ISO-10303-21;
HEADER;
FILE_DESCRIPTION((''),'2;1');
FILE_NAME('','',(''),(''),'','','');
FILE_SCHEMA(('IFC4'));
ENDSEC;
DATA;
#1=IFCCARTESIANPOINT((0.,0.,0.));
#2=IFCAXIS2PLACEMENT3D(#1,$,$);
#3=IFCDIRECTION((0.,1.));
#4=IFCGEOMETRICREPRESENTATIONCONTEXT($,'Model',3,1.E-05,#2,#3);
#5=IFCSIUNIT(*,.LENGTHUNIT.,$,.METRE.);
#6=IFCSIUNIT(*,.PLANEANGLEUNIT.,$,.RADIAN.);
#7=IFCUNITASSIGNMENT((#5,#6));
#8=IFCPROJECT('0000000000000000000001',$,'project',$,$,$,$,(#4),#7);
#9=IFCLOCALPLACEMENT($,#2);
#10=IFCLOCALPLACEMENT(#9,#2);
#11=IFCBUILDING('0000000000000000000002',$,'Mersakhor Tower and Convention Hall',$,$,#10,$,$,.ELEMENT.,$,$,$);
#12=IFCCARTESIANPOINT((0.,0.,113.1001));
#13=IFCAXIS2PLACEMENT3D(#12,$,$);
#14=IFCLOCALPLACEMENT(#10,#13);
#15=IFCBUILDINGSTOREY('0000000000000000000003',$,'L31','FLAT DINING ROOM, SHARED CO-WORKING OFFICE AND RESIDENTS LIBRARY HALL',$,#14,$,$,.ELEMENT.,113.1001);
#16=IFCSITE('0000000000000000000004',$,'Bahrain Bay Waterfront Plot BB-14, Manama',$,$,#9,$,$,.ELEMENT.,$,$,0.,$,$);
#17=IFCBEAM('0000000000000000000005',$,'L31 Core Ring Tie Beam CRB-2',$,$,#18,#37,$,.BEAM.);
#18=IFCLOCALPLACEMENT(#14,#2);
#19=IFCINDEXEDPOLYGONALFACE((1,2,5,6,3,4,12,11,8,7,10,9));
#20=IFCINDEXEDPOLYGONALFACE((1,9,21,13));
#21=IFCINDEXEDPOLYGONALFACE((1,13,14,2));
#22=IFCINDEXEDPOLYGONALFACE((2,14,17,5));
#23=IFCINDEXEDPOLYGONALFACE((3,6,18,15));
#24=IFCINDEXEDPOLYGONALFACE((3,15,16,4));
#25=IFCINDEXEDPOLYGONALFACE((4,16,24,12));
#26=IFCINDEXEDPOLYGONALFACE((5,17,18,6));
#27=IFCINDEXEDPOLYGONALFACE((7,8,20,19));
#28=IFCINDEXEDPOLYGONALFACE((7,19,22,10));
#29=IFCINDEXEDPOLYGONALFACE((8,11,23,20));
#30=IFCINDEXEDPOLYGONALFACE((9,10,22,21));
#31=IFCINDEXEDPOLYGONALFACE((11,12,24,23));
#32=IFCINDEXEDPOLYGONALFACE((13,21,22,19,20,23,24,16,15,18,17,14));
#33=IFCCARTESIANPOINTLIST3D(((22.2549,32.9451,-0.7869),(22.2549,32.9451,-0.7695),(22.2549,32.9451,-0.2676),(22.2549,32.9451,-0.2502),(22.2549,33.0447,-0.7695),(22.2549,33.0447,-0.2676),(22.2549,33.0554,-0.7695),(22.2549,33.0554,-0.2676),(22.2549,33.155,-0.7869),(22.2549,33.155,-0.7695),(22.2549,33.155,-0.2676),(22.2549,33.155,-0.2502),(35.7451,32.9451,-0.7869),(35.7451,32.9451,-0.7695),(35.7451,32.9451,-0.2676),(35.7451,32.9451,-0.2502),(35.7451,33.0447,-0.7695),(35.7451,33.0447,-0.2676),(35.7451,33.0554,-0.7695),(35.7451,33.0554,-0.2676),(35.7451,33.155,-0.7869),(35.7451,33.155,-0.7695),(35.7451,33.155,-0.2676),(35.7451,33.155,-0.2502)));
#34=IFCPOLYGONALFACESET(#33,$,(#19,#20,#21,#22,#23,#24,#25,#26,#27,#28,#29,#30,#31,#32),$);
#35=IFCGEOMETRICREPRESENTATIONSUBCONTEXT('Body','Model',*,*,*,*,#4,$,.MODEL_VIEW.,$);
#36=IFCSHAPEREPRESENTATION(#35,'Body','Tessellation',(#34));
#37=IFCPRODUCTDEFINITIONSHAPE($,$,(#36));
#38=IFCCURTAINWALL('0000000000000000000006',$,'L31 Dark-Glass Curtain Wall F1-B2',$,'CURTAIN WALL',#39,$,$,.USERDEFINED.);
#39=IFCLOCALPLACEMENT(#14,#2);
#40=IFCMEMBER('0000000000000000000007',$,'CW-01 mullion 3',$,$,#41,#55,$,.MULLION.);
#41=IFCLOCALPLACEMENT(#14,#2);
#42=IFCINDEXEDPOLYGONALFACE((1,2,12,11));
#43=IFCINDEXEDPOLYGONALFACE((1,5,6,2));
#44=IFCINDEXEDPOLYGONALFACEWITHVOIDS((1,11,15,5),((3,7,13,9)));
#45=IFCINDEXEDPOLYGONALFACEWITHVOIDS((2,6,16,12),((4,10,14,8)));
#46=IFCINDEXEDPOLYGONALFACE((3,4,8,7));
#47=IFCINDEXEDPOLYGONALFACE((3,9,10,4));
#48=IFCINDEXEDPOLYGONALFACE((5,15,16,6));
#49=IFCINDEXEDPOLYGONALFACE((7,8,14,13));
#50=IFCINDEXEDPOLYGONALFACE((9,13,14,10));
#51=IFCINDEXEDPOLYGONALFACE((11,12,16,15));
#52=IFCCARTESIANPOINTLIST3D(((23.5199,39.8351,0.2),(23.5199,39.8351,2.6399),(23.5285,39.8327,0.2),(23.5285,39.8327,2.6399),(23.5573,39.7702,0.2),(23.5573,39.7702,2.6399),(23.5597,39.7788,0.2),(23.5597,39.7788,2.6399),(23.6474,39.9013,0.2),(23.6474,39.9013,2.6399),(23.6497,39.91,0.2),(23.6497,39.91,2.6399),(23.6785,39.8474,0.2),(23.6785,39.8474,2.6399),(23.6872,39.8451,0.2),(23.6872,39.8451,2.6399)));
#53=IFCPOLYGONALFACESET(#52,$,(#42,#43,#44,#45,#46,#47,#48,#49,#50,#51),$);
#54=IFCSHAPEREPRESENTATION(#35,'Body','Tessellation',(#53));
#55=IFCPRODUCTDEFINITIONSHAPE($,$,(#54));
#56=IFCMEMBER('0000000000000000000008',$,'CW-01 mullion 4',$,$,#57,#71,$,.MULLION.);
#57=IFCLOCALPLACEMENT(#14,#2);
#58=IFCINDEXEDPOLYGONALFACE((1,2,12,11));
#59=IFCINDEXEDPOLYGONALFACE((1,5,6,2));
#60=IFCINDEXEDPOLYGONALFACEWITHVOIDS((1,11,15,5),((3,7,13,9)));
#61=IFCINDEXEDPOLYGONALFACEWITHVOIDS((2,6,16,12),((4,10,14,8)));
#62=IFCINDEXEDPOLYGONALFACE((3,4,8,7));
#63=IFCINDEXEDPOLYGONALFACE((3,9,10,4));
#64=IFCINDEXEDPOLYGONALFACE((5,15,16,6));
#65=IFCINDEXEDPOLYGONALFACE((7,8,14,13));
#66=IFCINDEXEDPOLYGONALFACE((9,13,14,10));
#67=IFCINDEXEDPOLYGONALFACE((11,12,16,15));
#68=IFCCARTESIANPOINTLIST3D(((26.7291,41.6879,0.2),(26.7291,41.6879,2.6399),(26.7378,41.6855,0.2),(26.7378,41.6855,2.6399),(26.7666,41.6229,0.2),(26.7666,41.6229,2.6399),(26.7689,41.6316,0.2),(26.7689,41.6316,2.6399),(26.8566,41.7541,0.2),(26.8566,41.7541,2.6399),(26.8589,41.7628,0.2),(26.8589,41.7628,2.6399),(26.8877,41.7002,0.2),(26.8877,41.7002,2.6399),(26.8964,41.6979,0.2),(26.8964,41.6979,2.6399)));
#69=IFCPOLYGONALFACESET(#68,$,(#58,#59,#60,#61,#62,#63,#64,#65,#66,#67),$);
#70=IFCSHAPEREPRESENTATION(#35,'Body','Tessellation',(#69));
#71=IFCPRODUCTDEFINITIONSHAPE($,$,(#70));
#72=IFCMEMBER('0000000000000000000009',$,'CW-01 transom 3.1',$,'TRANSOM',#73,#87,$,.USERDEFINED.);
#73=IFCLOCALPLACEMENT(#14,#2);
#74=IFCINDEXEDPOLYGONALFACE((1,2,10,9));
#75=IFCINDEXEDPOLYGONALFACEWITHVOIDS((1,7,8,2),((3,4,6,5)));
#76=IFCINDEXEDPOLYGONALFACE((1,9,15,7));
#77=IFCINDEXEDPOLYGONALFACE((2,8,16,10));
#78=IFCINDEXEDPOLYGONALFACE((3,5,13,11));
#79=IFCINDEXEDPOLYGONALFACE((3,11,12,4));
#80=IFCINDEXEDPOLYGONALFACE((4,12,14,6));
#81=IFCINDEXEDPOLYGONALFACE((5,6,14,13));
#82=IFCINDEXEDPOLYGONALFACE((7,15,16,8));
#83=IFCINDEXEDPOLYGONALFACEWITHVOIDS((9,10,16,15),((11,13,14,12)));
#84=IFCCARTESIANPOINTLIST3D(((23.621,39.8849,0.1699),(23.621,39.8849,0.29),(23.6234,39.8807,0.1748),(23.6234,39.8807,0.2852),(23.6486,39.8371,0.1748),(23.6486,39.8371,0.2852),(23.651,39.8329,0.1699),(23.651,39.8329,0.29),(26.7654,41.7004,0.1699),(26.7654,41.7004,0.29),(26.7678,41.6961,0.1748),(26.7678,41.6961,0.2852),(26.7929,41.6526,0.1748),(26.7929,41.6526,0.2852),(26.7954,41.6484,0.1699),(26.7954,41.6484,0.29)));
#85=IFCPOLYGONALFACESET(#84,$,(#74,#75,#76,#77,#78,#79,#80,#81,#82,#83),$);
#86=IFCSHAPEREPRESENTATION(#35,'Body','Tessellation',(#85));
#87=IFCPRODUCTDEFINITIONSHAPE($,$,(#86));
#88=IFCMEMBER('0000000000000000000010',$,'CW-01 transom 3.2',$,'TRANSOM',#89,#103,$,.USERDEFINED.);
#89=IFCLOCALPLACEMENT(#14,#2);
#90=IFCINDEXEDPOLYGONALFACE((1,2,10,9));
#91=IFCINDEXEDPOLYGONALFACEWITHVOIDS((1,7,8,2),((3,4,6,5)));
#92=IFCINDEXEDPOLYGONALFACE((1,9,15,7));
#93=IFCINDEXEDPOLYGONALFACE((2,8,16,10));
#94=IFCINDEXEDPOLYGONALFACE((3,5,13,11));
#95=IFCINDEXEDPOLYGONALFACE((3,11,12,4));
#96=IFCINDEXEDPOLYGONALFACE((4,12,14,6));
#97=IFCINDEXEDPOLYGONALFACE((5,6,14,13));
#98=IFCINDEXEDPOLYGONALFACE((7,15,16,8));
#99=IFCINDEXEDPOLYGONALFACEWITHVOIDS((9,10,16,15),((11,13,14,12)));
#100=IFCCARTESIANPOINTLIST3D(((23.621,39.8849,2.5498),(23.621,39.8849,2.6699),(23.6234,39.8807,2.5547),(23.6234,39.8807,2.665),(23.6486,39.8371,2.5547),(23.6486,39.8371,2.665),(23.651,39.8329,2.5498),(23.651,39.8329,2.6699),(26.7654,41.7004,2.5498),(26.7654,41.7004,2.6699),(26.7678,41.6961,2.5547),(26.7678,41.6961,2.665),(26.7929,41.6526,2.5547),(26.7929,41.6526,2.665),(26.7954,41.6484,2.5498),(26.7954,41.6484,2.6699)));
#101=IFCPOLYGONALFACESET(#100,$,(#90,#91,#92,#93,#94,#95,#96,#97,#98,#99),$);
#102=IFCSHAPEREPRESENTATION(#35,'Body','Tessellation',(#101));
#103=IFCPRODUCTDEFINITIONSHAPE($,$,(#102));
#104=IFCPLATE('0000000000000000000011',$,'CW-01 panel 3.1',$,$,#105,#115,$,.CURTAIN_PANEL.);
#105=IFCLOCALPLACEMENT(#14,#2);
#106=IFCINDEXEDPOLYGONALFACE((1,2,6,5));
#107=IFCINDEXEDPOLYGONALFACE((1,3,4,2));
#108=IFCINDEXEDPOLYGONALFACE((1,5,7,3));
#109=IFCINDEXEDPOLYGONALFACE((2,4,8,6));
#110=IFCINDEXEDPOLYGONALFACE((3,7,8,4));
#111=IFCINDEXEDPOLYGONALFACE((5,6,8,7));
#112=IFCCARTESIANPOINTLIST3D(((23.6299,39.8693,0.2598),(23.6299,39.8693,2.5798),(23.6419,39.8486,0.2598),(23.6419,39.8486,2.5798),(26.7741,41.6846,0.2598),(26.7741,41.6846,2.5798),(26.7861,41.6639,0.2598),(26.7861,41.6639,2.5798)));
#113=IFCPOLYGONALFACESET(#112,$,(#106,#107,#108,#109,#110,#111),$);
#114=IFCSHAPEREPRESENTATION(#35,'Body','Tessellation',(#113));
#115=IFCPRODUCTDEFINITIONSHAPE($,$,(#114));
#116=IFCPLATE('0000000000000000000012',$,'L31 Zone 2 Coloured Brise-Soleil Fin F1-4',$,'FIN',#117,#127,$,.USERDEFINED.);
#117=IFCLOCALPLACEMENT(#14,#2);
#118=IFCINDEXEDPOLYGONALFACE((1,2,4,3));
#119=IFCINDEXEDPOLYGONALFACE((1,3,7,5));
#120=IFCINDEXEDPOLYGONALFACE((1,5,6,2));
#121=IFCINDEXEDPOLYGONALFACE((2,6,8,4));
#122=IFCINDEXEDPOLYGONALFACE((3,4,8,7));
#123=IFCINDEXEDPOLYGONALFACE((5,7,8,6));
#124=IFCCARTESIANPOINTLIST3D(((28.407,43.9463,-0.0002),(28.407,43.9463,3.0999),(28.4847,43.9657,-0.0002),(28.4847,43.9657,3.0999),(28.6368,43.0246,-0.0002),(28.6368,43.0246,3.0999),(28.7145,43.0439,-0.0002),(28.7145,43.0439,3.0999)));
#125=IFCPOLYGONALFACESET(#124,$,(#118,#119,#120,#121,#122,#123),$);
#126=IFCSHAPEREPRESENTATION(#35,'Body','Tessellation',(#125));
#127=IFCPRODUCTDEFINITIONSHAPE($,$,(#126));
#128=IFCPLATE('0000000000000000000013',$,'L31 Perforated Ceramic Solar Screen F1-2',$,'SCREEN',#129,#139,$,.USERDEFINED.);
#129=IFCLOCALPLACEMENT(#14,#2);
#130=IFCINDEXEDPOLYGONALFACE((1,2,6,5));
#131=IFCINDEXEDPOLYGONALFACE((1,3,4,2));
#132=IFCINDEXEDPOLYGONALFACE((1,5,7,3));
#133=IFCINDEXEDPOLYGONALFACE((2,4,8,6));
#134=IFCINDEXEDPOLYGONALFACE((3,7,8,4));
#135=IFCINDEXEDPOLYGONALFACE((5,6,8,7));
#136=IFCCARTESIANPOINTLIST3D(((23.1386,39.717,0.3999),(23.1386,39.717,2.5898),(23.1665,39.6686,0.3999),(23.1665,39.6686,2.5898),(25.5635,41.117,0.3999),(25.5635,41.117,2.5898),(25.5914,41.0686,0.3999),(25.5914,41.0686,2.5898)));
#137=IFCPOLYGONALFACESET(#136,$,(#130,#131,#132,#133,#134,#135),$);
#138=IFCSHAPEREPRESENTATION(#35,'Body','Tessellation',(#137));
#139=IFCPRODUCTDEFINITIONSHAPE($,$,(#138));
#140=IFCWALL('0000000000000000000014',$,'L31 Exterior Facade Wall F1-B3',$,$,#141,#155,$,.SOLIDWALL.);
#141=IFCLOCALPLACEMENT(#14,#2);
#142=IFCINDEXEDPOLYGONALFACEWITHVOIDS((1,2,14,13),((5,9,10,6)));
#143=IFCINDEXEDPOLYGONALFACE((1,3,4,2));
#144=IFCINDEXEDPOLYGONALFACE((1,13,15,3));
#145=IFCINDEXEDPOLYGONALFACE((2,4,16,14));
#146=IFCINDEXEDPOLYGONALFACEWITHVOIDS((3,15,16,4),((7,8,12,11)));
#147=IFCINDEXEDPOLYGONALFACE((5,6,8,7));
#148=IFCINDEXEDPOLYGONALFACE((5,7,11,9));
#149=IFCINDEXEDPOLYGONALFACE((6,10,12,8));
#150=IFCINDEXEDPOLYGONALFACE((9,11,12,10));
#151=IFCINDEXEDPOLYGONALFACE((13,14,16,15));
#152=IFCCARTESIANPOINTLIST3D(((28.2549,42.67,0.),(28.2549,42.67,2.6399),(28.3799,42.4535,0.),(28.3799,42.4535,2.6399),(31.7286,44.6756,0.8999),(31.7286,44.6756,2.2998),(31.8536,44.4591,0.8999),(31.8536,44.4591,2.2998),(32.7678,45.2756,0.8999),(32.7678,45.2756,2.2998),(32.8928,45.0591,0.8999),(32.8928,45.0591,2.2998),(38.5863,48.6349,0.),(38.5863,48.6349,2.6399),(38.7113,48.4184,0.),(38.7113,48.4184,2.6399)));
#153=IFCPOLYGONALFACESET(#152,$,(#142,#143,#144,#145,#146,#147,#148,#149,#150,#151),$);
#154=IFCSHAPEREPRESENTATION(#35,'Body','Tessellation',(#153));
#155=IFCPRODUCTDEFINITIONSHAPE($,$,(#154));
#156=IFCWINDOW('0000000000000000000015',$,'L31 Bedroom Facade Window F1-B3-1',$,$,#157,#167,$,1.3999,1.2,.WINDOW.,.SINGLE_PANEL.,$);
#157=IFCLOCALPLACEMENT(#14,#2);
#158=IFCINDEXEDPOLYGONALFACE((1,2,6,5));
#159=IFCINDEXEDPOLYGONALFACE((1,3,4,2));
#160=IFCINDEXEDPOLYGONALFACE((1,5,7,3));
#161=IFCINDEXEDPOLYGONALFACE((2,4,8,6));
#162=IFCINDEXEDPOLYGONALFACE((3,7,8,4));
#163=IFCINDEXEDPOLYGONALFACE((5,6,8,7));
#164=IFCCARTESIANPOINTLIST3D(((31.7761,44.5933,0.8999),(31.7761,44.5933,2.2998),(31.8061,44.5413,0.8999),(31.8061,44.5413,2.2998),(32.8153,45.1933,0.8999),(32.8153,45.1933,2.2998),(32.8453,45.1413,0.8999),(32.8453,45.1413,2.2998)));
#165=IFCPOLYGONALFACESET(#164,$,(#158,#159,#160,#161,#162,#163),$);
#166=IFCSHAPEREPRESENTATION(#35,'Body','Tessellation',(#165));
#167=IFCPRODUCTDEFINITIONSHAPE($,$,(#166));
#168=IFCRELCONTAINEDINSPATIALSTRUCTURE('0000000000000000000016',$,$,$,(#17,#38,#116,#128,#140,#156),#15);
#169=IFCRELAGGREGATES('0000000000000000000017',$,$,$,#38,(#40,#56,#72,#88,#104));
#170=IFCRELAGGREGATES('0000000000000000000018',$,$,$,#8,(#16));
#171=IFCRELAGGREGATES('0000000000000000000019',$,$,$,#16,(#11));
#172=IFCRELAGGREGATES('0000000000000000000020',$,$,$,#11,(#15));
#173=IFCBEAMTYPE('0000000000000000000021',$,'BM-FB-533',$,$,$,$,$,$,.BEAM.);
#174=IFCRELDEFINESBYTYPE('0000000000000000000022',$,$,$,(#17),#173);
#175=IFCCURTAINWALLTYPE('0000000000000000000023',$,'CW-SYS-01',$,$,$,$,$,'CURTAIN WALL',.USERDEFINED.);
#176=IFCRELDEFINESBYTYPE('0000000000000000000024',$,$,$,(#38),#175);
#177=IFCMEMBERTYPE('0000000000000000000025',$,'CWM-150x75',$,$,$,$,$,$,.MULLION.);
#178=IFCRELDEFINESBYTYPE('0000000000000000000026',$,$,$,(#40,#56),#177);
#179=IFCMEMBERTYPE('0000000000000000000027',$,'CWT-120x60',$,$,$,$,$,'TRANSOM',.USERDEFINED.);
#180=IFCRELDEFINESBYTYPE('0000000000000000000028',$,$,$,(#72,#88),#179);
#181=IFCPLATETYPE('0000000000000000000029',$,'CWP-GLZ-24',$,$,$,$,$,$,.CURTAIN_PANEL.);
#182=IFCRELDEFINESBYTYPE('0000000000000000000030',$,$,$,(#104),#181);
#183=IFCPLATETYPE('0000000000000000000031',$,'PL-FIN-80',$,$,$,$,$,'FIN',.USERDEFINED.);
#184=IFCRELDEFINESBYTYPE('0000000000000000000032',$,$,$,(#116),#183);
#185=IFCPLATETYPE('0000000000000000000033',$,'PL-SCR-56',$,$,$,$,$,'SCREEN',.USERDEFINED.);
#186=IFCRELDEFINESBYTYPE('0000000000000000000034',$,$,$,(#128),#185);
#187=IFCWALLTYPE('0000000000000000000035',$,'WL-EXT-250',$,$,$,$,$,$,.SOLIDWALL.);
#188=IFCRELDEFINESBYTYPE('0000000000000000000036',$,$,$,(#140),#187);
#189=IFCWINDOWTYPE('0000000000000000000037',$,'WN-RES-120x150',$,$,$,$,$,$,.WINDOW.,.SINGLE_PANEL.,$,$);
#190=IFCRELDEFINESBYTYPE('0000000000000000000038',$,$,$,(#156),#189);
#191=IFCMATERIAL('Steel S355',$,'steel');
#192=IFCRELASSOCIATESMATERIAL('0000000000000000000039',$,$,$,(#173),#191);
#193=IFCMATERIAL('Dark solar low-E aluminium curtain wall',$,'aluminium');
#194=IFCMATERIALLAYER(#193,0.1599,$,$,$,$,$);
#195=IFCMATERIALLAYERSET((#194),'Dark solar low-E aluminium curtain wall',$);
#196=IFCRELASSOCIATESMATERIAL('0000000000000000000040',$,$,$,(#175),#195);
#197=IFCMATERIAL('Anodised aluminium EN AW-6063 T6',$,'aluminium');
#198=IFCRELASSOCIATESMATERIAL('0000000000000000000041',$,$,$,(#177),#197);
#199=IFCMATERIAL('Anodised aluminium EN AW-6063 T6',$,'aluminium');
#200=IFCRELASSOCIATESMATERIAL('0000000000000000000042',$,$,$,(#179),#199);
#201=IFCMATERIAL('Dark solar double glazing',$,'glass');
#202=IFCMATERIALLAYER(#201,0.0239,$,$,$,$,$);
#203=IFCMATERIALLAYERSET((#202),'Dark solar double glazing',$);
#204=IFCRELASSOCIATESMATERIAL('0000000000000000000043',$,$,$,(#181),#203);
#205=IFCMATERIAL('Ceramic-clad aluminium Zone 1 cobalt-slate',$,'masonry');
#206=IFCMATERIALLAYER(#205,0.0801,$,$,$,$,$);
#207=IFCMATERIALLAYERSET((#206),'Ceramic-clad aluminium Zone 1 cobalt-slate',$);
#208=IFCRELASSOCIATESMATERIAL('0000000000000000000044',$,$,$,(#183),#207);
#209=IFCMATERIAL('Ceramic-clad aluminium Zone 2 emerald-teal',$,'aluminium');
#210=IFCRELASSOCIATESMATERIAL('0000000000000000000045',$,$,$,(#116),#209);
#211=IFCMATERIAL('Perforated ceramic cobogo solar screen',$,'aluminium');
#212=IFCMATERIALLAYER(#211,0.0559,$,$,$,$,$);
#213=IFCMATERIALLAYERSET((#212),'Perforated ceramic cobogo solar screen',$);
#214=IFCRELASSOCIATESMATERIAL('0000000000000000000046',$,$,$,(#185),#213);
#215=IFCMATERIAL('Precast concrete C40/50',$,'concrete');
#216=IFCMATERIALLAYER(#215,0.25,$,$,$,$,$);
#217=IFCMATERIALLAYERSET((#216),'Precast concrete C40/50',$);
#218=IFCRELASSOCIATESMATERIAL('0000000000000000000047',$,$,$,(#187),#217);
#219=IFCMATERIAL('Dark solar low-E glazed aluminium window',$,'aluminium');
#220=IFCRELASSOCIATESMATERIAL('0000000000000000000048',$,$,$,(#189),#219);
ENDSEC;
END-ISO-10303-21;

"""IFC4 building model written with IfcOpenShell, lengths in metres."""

from ifc_helpers import new_model, si_unit, direction, frame, frame_2d, origin, origin_2d, place, context, subcontext, project, spatial, rectangle, hollow_rectangle, i_section, extrude, material, layer, layer_set, material_profile, profile_set, type_object, element, fill, aggregate, save


model = new_model("IFC4")

# Units and contexts
model_context = context("Model", 3, precision=1e-05, world=origin(), true_north=direction((0.0, 1.0)))
body_context = subcontext(model_context, "Body", "Model", "MODEL_VIEW")
ifc_project = project(units=[si_unit("LENGTHUNIT", "METRE"), si_unit("PLANEANGLEUNIT", "RADIAN")], contexts=[model_context])

# Site, building, storey
site_placement = place(None, origin())
site = spatial("IfcSite", under=ifc_project, at=site_placement, Name="Bahrain Bay Waterfront Plot BB-14, Manama", CompositionType="ELEMENT", RefElevation=0.0)
building_placement = place(site_placement, origin())
building = spatial("IfcBuilding", under=site, at=building_placement, Name="Mersakhor Tower and Convention Hall", CompositionType="ELEMENT")
storey_placement = place(building_placement, frame((0.0, 0.0, 113.1001)))
storey = spatial("IfcBuildingStorey", under=building, at=storey_placement, Name="L31", Description="FLAT DINING ROOM, SHARED CO-WORKING OFFICE AND RESIDENTS LIBRARY HALL", CompositionType="ELEMENT", Elevation=113.1001)

# Beam
ifc_material_1 = material(Name="Steel S355", Category="steel")
ifc_material_profile_1 = material_profile(ifc_material_1, i_section(OverallWidth=0.21, OverallDepth=0.5366, WebThickness=0.0107, FlangeThickness=0.0173, at=origin_2d()), Name="UB 533x210x101")
ifc_profile_set_1 = profile_set([ifc_material_profile_1], Name="Steel S355")
beam_type = type_object("IfcBeamType", Name="BM-FB-533", PredefinedType="BEAM", material=ifc_profile_set_1)
beam_placement = place(storey_placement, frame((22.2549, 33.05, -0.5186), z_axis=(1.0, 0.0, 0.0), x_axis=(0.0, 1.0, 0.0)))
element("IfcBeam", 1, at=beam_placement, inside=storey, type_object=beam_type, Name="L31 Core Ring Tie Beam CRB-2", PredefinedType="BEAM", context=body_context, shape_type="SweptSolid", body=[
    extrude(i_section(OverallWidth=0.21, OverallDepth=0.5366, WebThickness=0.0107, FlangeThickness=0.0173, at=origin_2d()), origin(), (0.0, 0.0, 1.0), 13.4902),
])

# Curtain wall, members, plate
ifc_material_2 = material(Name="Dark solar low-E aluminium curtain wall", Category="aluminium")
ifc_layer_1 = layer(ifc_material_2, 0.1599)
ifc_layer_set_1 = layer_set([ifc_layer_1], Name="Dark solar low-E aluminium curtain wall")
curtain_wall_type = type_object("IfcCurtainWallType", Name="CW-SYS-01", ElementType="CURTAIN WALL", PredefinedType="USERDEFINED", material=ifc_layer_set_1)
curtain_wall_placement = place(storey_placement, origin())
curtain_wall = element("IfcCurtainWall", 2, at=curtain_wall_placement, inside=storey, type_object=curtain_wall_type, Name="L31 Dark-Glass Curtain Wall F1-B2", ObjectType="CURTAIN WALL", PredefinedType="USERDEFINED")
ifc_material_3 = material(Name="Anodised aluminium EN AW-6063 T6", Category="aluminium")
ifc_material_profile_2 = material_profile(ifc_material_3, hollow_rectangle(XDim=0.075, YDim=0.1499, WallThickness=0.0063, at=origin_2d()), Name="RHS 150x75x6.3")
ifc_profile_set_2 = profile_set([ifc_material_profile_2], Name="Anodised aluminium EN AW-6063 T6")
member_type_1 = type_object("IfcMemberType", Name="CWM-150x75", PredefinedType="MULLION", material=ifc_profile_set_2)
member_1_placement = place(storey_placement, frame((23.6035, 39.8401, 0.2), z_axis=(0.0, 0.0, 1.0), x_axis=(-0.499998, 0.866027, 0.0)))
member_1 = element("IfcMember", 3, at=member_1_placement, type_object=member_type_1, Name="CW-01 mullion 3", PredefinedType="MULLION", context=body_context, shape_type="SweptSolid", body=[
    extrude(hollow_rectangle(XDim=0.075, YDim=0.1499, WallThickness=0.0063, at=origin_2d()), origin(), (0.0, 0.0, 1.0), 2.4399),
])
member_2_placement = place(storey_placement, frame((26.8127, 41.6929, 0.2), z_axis=(0.0, 0.0, 1.0), x_axis=(-0.499998, 0.866027, 0.0)))
member_2 = element("IfcMember", 4, at=member_2_placement, type_object=member_type_1, Name="CW-01 mullion 4", PredefinedType="MULLION", context=body_context, shape_type="SweptSolid", body=[
    extrude(hollow_rectangle(XDim=0.075, YDim=0.1499, WallThickness=0.0063, at=origin_2d()), origin(), (0.0, 0.0, 1.0), 2.4399),
])
ifc_material_4 = material(Name="Anodised aluminium EN AW-6063 T6", Category="aluminium")
ifc_material_profile_3 = material_profile(ifc_material_4, hollow_rectangle(XDim=0.0601, YDim=0.1201, WallThickness=0.0049, at=origin_2d()), Name="RHS 120x60x5")
ifc_profile_set_3 = profile_set([ifc_material_profile_3], Name="Anodised aluminium EN AW-6063 T6")
member_type_2 = type_object("IfcMemberType", Name="CWT-120x60", ElementType="TRANSOM", PredefinedType="USERDEFINED", material=ifc_profile_set_3)
member_3_placement = place(storey_placement, frame((23.636, 39.8589, 0.23), z_axis=(0.866016, 0.500015, 0.0), x_axis=(-0.500015, 0.866016, 0.0)))
member_3 = element("IfcMember", 5, at=member_3_placement, type_object=member_type_2, Name="CW-01 transom 3.1", ObjectType="TRANSOM", PredefinedType="USERDEFINED", context=body_context, shape_type="SweptSolid", body=[
    extrude(hollow_rectangle(XDim=0.0601, YDim=0.1201, WallThickness=0.0049, at=origin_2d()), origin(), (0.0, 0.0, 1.0), 3.6309),
])
member_4_placement = place(storey_placement, frame((23.636, 39.8589, 2.6099), z_axis=(0.866016, 0.500015, 0.0), x_axis=(-0.500015, 0.866016, 0.0)))
member_4 = element("IfcMember", 6, at=member_4_placement, type_object=member_type_2, Name="CW-01 transom 3.2", ObjectType="TRANSOM", PredefinedType="USERDEFINED", context=body_context, shape_type="SweptSolid", body=[
    extrude(hollow_rectangle(XDim=0.0601, YDim=0.1201, WallThickness=0.0049, at=origin_2d()), origin(), (0.0, 0.0, 1.0), 3.6309),
])
ifc_material_5 = material(Name="Dark solar double glazing", Category="glass")
ifc_layer_2 = layer(ifc_material_5, 0.0239)
ifc_layer_set_2 = layer_set([ifc_layer_2], Name="Dark solar double glazing")
plate_type_1 = type_object("IfcPlateType", Name="CWP-GLZ-24", PredefinedType="CURTAIN_PANEL", material=ifc_layer_set_2)
plate_1_placement = place(storey_placement, frame((25.208, 40.7666, 0.2598), z_axis=(0.0, 0.0, 1.0), x_axis=(0.866027, 0.499998, 0.0)))
plate_1 = element("IfcPlate", 7, at=plate_1_placement, type_object=plate_type_1, Name="CW-01 panel 3.1", PredefinedType="CURTAIN_PANEL", context=body_context, shape_type="SweptSolid", body=[
    extrude(rectangle(XDim=3.6306, YDim=0.0239, at=origin_2d()), origin(), (0.0, 0.0, 1.0), 2.3201),
])
aggregate(curtain_wall, [member_1, member_2, member_3, member_4, plate_1])

# Plates
ifc_material_6 = material(Name="Ceramic-clad aluminium Zone 2 emerald-teal", Category="aluminium")
ifc_material_7 = material(Name="Ceramic-clad aluminium Zone 1 cobalt-slate", Category="masonry")
ifc_layer_3 = layer(ifc_material_7, 0.0801)
ifc_layer_set_3 = layer_set([ifc_layer_3], Name="Ceramic-clad aluminium Zone 1 cobalt-slate")
plate_type_2 = type_object("IfcPlateType", Name="PL-FIN-80", ElementType="FIN", PredefinedType="USERDEFINED", material=ifc_layer_set_3)
plate_2_placement = place(storey_placement, frame((28.5608, 43.4951, -0.0002), z_axis=(0.0, 0.0, 1.0), x_axis=(-0.241922, 0.970296, 0.0)))
element("IfcPlate", 8, at=plate_2_placement, inside=storey, type_object=plate_type_2, material=ifc_material_6, Name="L31 Zone 2 Coloured Brise-Soleil Fin F1-4", ObjectType="FIN", PredefinedType="USERDEFINED", context=body_context, shape_type="SweptSolid", body=[
    extrude(rectangle(XDim=0.95, YDim=0.0801, at=origin_2d()), origin(), (0.0, 0.0, 1.0), 3.1001),
])
ifc_material_8 = material(Name="Perforated ceramic cobogo solar screen", Category="aluminium")
ifc_layer_4 = layer(ifc_material_8, 0.0559)
ifc_layer_set_4 = layer_set([ifc_layer_4], Name="Perforated ceramic cobogo solar screen")
plate_type_3 = type_object("IfcPlateType", Name="PL-SCR-56", ElementType="SCREEN", PredefinedType="USERDEFINED", material=ifc_layer_set_4)
plate_3_placement = place(storey_placement, frame((24.365, 40.3928, 0.3999), z_axis=(0.0, 0.0, 1.0), x_axis=(0.866025, 0.5, 0.0)))
element("IfcPlate", 9, at=plate_3_placement, inside=storey, type_object=plate_type_3, Name="L31 Perforated Ceramic Solar Screen F1-2", ObjectType="SCREEN", PredefinedType="USERDEFINED", context=body_context, shape_type="SweptSolid", body=[
    extrude(rectangle(XDim=2.8, YDim=0.0559, at=origin_2d()), origin(), (0.0, 0.0, 1.0), 2.1899),
])

# Wall, opening, window
ifc_material_9 = material(Name="Precast concrete C40/50", Category="concrete")
ifc_layer_5 = layer(ifc_material_9, 0.25)
ifc_layer_set_5 = layer_set([ifc_layer_5], Name="Precast concrete C40/50")
wall_type_1 = type_object("IfcWallType", Name="WL-EXT-250", PredefinedType="SOLIDWALL", material=ifc_layer_set_5)
wall_1_placement = place(storey_placement, frame((28.3174, 42.5618, 0.0), z_axis=(0.0, 0.0, 1.0), x_axis=(0.866023, 0.500004, 0.0)))
wall_1 = element("IfcWall", 10, at=wall_1_placement, inside=storey, type_object=wall_type_1, Name="L31 Exterior Facade Wall F1-B3", PredefinedType="SOLIDWALL", context=body_context, shape_type="SweptSolid", body=[
    extrude(rectangle(XDim=11.9297, YDim=0.25, at=frame_2d((5.9648, 0.0))), origin(), (0.0, 0.0, 1.0), 2.6399),
])
opening_1_placement = place(wall_1_placement, frame((4.011, 0.0, 0.8999)))
opening_1 = element("IfcOpeningElement", 11, at=opening_1_placement, cuts=wall_1, PredefinedType="OPENING", context=body_context, shape_type="SweptSolid", body=[
    extrude(rectangle(XDim=1.2, YDim=1.3999, at=frame_2d((0.6001, 0.7))), frame((0.0, 0.135, 0.0), z_axis=(0.0, -1.0, 0.0), x_axis=(1.0, 0.0, 0.0)), (0.0, 0.0, 1.0), 0.27),
])
ifc_material_10 = material(Name="Dark solar low-E glazed aluminium window", Category="aluminium")
window_type = type_object("IfcWindowType", Name="WN-RES-120x150", PartitioningType="SINGLE_PANEL", PredefinedType="WINDOW", material=ifc_material_10)
window_placement = place(opening_1_placement, origin())
window = element("IfcWindow", 12, at=window_placement, inside=storey, type_object=window_type, Name="L31 Bedroom Facade Window F1-B3-1", OverallHeight=1.3999, OverallWidth=1.2, PartitioningType="SINGLE_PANEL", PredefinedType="WINDOW", context=body_context, shape_type="SweptSolid", body=[
    extrude(rectangle(XDim=1.2, YDim=1.3999, at=frame_2d((0.6001, 0.7))), frame((0.0, 0.03, 0.0), z_axis=(0.0, -1.0, 0.0), x_axis=(1.0, 0.0, 0.0)), (0.0, 0.0, 1.0), 0.0601),
])
fill(opening_1, window)

save(model, "model.ifc")
